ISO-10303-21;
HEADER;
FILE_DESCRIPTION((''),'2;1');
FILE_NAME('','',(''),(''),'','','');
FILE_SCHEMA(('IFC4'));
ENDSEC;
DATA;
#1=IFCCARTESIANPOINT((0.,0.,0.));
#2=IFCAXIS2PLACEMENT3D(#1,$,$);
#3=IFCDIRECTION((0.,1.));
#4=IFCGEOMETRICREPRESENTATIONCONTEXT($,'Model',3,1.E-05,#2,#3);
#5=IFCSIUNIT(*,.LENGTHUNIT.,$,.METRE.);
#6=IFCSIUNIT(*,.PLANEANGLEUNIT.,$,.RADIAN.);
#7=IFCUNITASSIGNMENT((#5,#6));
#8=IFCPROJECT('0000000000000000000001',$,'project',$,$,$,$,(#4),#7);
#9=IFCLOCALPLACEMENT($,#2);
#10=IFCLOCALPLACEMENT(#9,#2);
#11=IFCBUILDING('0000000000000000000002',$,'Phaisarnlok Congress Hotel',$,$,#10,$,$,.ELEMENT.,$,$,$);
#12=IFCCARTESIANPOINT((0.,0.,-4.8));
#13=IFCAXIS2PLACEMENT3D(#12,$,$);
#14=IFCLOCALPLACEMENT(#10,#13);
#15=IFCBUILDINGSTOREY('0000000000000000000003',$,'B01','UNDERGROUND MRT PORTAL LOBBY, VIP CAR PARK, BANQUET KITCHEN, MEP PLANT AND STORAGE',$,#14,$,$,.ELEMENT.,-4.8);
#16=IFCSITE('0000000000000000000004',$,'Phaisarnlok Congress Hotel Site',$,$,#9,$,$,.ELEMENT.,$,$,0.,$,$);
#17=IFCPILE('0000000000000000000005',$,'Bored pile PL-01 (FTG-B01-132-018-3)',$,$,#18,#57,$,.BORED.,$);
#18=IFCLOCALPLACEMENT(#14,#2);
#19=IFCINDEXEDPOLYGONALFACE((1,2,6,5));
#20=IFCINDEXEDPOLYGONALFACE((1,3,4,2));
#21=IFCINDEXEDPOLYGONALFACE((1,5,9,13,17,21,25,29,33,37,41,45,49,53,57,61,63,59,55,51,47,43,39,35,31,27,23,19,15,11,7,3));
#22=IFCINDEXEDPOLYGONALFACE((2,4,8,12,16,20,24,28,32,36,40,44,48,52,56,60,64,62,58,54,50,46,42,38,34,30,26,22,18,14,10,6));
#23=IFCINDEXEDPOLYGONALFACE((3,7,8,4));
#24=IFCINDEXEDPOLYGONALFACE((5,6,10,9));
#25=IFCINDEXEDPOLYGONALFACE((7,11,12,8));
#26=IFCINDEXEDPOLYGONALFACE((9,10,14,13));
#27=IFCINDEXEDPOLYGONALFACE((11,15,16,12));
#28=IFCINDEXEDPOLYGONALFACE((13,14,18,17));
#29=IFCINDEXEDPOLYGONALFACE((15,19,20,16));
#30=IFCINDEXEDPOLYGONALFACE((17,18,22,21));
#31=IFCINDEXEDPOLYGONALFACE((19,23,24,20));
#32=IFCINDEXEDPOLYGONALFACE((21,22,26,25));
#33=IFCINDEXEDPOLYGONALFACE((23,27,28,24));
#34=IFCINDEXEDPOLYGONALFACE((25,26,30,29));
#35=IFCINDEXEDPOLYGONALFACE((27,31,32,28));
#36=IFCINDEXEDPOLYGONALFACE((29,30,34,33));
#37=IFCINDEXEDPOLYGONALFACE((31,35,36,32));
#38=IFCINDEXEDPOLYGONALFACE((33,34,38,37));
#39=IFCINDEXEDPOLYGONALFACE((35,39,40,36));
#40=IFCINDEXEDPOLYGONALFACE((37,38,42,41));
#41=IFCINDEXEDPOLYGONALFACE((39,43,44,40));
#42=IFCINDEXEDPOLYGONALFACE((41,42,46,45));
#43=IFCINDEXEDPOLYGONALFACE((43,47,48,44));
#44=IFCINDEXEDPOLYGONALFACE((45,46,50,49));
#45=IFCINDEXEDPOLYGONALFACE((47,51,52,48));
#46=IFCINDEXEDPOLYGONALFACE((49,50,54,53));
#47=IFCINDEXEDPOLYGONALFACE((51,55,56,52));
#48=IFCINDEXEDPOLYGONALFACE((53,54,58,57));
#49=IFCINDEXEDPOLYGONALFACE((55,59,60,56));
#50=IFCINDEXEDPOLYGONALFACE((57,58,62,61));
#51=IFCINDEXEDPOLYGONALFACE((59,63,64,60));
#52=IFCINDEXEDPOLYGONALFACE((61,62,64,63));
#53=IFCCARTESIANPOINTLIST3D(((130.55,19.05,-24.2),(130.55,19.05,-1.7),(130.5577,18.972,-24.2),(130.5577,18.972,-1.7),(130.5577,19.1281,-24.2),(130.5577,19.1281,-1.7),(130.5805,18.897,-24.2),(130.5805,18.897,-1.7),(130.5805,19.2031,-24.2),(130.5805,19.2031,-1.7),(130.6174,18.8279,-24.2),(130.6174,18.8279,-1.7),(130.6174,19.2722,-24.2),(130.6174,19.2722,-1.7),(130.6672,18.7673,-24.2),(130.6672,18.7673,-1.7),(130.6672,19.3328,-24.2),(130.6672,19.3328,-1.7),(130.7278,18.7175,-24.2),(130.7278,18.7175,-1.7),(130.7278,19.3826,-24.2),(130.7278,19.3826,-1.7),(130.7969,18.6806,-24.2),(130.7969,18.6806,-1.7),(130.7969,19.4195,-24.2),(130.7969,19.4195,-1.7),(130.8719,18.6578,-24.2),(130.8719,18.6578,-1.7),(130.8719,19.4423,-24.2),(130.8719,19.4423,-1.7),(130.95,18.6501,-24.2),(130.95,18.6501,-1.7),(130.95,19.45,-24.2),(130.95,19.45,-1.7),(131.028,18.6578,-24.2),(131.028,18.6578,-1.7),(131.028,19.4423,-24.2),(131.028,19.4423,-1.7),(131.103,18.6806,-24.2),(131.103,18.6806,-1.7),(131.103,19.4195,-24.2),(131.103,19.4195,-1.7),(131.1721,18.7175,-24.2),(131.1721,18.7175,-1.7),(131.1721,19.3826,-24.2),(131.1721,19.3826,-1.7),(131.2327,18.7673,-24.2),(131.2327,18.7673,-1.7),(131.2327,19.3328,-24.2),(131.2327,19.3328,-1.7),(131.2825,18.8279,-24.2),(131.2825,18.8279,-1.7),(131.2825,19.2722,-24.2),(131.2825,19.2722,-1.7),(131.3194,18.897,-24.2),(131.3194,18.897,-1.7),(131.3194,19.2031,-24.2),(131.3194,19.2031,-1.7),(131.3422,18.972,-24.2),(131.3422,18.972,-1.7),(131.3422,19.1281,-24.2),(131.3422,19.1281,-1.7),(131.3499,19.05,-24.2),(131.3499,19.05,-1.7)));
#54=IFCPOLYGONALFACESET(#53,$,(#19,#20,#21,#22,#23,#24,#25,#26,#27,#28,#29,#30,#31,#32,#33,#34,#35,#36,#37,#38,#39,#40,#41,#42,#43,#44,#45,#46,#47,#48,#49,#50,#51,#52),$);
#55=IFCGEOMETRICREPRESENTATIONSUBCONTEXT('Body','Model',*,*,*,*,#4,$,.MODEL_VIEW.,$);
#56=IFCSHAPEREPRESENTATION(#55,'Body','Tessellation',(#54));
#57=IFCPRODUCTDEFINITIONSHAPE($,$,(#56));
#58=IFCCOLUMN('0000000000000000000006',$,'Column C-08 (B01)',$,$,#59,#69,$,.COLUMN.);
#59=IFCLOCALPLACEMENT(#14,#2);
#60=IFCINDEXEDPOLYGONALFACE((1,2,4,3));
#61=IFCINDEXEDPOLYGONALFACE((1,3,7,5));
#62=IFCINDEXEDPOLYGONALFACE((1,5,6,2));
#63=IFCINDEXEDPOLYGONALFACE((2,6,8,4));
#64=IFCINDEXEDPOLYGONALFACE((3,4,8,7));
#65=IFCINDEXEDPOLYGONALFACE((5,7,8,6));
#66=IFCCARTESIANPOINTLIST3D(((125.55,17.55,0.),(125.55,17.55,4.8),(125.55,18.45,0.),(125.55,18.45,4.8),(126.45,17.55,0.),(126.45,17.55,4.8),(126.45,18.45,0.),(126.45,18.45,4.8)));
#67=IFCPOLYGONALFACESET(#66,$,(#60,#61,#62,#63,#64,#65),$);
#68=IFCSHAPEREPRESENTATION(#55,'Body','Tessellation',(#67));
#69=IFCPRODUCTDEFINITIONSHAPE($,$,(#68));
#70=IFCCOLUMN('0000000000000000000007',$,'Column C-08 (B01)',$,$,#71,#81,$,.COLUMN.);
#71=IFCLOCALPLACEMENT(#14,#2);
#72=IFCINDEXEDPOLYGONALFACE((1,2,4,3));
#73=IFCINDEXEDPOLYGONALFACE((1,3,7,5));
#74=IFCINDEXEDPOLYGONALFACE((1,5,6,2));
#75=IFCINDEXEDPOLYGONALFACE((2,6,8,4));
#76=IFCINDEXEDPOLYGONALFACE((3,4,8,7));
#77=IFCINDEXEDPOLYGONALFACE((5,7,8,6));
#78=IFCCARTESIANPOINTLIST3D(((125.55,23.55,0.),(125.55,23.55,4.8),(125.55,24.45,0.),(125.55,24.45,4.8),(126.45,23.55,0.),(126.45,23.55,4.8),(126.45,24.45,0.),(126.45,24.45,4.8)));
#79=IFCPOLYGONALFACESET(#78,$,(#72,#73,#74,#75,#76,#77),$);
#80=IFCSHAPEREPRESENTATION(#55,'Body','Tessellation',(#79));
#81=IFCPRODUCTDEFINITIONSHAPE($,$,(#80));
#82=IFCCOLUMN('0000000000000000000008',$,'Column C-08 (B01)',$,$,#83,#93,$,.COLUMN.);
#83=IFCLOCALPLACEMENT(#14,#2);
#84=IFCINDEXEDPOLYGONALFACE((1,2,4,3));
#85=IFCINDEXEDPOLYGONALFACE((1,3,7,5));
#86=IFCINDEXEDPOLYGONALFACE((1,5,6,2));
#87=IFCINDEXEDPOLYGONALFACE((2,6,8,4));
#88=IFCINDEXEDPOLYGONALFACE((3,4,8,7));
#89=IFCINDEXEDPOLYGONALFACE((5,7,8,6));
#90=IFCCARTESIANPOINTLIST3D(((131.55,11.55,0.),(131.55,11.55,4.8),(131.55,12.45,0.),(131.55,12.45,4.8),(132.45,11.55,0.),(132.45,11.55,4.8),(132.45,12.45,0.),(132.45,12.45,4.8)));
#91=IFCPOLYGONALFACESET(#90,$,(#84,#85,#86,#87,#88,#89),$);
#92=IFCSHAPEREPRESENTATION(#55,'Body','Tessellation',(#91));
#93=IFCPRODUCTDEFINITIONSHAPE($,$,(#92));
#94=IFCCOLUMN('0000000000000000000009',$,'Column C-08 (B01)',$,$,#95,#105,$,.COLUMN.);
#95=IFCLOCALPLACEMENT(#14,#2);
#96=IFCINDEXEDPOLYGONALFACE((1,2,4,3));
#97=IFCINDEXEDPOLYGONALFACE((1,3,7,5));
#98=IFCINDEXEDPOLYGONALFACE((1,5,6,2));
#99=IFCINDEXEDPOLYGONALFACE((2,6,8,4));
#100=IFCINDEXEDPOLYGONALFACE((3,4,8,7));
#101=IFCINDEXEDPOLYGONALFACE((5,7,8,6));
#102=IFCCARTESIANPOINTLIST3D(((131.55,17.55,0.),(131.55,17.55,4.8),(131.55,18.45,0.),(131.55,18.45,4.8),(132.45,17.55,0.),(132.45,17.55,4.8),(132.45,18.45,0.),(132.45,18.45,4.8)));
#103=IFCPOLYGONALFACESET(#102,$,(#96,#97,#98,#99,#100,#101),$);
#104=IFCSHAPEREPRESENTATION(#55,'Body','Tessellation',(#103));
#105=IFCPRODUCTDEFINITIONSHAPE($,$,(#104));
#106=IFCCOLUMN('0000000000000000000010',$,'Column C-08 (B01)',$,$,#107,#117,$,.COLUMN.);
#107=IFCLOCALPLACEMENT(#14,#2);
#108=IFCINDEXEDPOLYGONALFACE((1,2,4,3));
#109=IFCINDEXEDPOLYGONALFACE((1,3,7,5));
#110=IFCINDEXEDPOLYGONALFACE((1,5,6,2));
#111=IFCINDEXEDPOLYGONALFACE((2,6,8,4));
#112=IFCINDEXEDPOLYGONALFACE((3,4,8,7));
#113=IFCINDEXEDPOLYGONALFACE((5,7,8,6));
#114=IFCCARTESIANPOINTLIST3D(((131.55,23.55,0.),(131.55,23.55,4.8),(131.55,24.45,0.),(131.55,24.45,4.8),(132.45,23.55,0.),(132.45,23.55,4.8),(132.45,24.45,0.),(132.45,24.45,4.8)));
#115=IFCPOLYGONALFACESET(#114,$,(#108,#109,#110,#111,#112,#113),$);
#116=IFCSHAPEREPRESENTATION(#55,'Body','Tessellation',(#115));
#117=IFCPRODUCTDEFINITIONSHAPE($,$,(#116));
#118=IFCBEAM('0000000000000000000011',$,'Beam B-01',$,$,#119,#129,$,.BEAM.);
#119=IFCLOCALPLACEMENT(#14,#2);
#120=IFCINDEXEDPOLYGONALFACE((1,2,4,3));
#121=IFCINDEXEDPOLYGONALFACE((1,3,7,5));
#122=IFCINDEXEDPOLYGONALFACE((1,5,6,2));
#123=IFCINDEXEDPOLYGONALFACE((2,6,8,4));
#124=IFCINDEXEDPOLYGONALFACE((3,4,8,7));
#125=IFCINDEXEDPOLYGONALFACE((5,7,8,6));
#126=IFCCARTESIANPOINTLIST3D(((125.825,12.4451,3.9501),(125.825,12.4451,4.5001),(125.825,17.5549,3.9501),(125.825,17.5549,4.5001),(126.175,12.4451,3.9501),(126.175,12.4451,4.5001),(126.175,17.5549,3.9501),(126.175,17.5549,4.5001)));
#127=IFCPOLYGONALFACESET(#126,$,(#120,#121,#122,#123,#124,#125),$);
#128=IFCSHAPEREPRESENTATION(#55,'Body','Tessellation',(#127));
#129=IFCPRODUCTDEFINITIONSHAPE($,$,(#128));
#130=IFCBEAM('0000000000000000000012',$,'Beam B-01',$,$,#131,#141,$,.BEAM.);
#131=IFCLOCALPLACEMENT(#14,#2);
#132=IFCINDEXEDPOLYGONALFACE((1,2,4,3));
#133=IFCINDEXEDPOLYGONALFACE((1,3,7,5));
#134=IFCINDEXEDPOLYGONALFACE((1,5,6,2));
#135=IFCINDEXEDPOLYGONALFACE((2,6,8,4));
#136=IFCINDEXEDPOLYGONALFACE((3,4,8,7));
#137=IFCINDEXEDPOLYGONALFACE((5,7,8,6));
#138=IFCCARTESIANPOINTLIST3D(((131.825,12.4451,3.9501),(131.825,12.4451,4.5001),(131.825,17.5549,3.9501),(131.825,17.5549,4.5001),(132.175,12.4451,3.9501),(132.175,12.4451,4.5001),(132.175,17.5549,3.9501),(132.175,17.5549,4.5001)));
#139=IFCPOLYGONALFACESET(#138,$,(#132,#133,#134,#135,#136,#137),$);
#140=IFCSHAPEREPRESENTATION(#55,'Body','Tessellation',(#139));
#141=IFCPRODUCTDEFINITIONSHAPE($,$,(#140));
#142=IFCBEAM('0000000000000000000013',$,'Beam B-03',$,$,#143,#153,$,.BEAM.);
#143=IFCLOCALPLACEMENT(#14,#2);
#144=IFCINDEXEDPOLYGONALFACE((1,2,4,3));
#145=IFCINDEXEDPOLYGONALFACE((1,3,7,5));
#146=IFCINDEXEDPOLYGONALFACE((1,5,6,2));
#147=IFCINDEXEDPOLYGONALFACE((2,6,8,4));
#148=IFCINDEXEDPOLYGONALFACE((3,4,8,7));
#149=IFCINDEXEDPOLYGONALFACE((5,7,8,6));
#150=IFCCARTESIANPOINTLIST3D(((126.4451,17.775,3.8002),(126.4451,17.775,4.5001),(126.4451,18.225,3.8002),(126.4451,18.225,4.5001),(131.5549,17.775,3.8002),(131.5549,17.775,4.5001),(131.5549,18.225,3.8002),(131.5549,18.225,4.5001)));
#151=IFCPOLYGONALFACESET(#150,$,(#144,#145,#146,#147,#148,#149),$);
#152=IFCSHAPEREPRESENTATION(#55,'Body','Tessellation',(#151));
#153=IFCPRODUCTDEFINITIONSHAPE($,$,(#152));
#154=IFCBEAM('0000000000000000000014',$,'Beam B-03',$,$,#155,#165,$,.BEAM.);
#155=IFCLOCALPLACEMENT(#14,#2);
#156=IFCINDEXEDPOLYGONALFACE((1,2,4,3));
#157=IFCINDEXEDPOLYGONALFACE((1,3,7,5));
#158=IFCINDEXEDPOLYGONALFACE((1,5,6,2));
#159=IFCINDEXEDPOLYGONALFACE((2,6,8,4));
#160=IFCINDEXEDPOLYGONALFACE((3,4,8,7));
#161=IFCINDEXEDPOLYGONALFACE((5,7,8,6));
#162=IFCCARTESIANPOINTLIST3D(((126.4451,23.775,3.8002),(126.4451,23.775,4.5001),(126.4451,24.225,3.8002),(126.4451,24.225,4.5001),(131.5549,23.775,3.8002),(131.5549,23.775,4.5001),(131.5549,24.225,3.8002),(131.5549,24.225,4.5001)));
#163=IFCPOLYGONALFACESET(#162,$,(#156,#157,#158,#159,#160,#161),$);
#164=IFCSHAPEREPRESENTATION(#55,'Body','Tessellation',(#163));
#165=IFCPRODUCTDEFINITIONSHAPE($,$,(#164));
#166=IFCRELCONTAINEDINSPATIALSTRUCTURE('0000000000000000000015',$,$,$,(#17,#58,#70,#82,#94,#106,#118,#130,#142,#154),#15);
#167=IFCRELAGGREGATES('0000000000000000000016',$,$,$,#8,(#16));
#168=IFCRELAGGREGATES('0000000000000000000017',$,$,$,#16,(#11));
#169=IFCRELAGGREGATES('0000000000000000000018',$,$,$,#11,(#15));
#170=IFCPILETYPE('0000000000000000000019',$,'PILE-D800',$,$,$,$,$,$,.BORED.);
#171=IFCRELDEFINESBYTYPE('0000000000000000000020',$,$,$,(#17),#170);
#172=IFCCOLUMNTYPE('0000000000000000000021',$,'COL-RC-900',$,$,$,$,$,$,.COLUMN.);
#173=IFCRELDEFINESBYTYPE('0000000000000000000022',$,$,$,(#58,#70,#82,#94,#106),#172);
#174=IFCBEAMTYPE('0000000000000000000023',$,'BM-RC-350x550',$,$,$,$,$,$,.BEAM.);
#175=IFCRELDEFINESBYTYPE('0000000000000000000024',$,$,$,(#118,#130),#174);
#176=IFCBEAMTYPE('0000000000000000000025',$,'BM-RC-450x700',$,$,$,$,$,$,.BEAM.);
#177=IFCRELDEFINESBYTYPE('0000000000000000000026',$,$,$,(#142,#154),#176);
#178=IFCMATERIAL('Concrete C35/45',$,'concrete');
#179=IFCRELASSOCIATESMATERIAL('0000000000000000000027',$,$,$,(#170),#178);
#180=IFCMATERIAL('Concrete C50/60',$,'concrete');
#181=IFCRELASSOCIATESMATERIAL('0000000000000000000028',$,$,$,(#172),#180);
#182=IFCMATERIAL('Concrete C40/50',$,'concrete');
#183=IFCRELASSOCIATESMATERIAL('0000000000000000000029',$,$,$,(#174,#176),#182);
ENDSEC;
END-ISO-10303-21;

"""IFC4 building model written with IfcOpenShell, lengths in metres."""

from ifc_helpers import new_model, si_unit, direction, frame, origin, origin_2d, place, context, subcontext, project, spatial, rectangle, circle, extrude, material, material_profile, profile_set, type_object, element, save


model = new_model("IFC4")

# Units and contexts
model_context = context("Model", 3, precision=1e-05, world=origin(), true_north=direction((0.0, 1.0)))
body_context = subcontext(model_context, "Body", "Model", "MODEL_VIEW")
ifc_project = project(units=[si_unit("LENGTHUNIT", "METRE"), si_unit("PLANEANGLEUNIT", "RADIAN")], contexts=[model_context])

# Site, building, storey
site_placement = place(None, origin())
site = spatial("IfcSite", under=ifc_project, at=site_placement, Name="Phaisarnlok Congress Hotel Site", CompositionType="ELEMENT", RefElevation=0.0)
building_placement = place(site_placement, origin())
building = spatial("IfcBuilding", under=site, at=building_placement, Name="Phaisarnlok Congress Hotel", CompositionType="ELEMENT")
storey_placement = place(building_placement, frame((0.0, 0.0, -4.8)))
storey = spatial("IfcBuildingStorey", under=building, at=storey_placement, Name="B01", Description="UNDERGROUND MRT PORTAL LOBBY, VIP CAR PARK, BANQUET KITCHEN, MEP PLANT AND STORAGE", CompositionType="ELEMENT", Elevation=-4.8)

# Shared definitions
ifc_material_1 = material(Name="Concrete C40/50", Category="concrete")

# Pile
ifc_material_2 = material(Name="Concrete C35/45", Category="concrete")
ifc_material_profile_1 = material_profile(ifc_material_2, circle(Radius=0.3999, at=origin_2d()), Name="BORED PILE D800")
ifc_profile_set_1 = profile_set([ifc_material_profile_1], Name="Concrete C35/45")
pile_type_1 = type_object("IfcPileType", Name="PILE-D800", PredefinedType="BORED", material=ifc_profile_set_1)
for number, where, z_axis, x_axis, name in (
    (1, (130.95, 19.05, -1.7), (0.0, 0.0, -1.0), (1.0, 0.0, 0.0), "Bored pile PL-01 (FTG-B01-132-018-3)"),
):
    element("IfcPile", number, at=place(storey_placement, frame(where, z_axis=z_axis, x_axis=x_axis)), inside=storey, type_object=pile_type_1, Name=name, PredefinedType="BORED", context=body_context, shape_type="SweptSolid", body=[
        extrude(circle(Radius=0.3999, at=origin_2d()), origin(), (0.0, 0.0, 1.0), 22.5),
    ])

# Columns
ifc_material_3 = material(Name="Concrete C50/60", Category="concrete")
ifc_material_profile_2 = material_profile(ifc_material_3, rectangle(XDim=0.8999, YDim=0.8999, at=origin_2d()), Name="RC 900x900")
ifc_profile_set_2 = profile_set([ifc_material_profile_2], Name="Concrete C50/60")
column_type = type_object("IfcColumnType", Name="COL-RC-900", PredefinedType="COLUMN", material=ifc_profile_set_2)
for number, where, z_axis, x_axis, name in (
    (2, (126.0, 18.0, 0.0), (0.0, 0.0, 1.0), (1.0, 0.0, 0.0), "Column C-08 (B01)"),
    (3, (126.0, 24.0, 0.0), (0.0, 0.0, 1.0), (1.0, 0.0, 0.0), "Column C-08 (B01)"),
    (4, (132.0, 12.0, 0.0), (0.0, 0.0, 1.0), (1.0, 0.0, 0.0), "Column C-08 (B01)"),
    (5, (132.0, 18.0, 0.0), (0.0, 0.0, 1.0), (1.0, 0.0, 0.0), "Column C-08 (B01)"),
    (6, (132.0, 24.0, 0.0), (0.0, 0.0, 1.0), (1.0, 0.0, 0.0), "Column C-08 (B01)"),
):
    element("IfcColumn", number, at=place(storey_placement, frame(where, z_axis=z_axis, x_axis=x_axis)), inside=storey, type_object=column_type, Name=name, PredefinedType="COLUMN", context=body_context, shape_type="SweptSolid", body=[
        extrude(rectangle(XDim=0.8999, YDim=0.8999, at=origin_2d()), origin(), (0.0, 0.0, 1.0), 4.8),
    ])

# Beams
ifc_material_profile_3 = material_profile(ifc_material_1, rectangle(XDim=0.3501, YDim=0.55, at=origin_2d()), Name="RC 350x550")
ifc_profile_set_3 = profile_set([ifc_material_profile_3], Name="Concrete C40/50")
beam_type_1 = type_object("IfcBeamType", Name="BM-RC-350x550", PredefinedType="BEAM", material=ifc_profile_set_3)
for number, where, z_axis, x_axis, name in (
    (7, (126.0, 12.4451, 4.2251), (0.0, 1.0, 0.0), (-1.0, 0.0, 0.0), "Beam B-01"),
    (8, (132.0, 12.4451, 4.2251), (0.0, 1.0, 0.0), (-1.0, 0.0, 0.0), "Beam B-01"),
):
    element("IfcBeam", number, at=place(storey_placement, frame(where, z_axis=z_axis, x_axis=x_axis)), inside=storey, type_object=beam_type_1, Name=name, PredefinedType="BEAM", context=body_context, shape_type="SweptSolid", body=[
        extrude(rectangle(XDim=0.3501, YDim=0.55, at=origin_2d()), origin(), (0.0, 0.0, 1.0), 5.1099),
    ])
ifc_material_profile_4 = material_profile(ifc_material_1, rectangle(XDim=0.45, YDim=0.7, at=origin_2d()), Name="RC 450x700")
ifc_profile_set_4 = profile_set([ifc_material_profile_4], Name="Concrete C40/50")
beam_type_2 = type_object("IfcBeamType", Name="BM-RC-450x700", PredefinedType="BEAM", material=ifc_profile_set_4)
for number, where, z_axis, x_axis, name in (
    (9, (126.4451, 18.0, 4.1501), (1.0, 0.0, 0.0), (0.0, 1.0, 0.0), "Beam B-03"),
    (10, (126.4451, 24.0, 4.1501), (1.0, 0.0, 0.0), (0.0, 1.0, 0.0), "Beam B-03"),
):
    element("IfcBeam", number, at=place(storey_placement, frame(where, z_axis=z_axis, x_axis=x_axis)), inside=storey, type_object=beam_type_2, Name=name, PredefinedType="BEAM", context=body_context, shape_type="SweptSolid", body=[
        extrude(rectangle(XDim=0.45, YDim=0.7, at=origin_2d()), origin(), (0.0, 0.0, 1.0), 5.1099),
    ])

save(model, "model.ifc")
